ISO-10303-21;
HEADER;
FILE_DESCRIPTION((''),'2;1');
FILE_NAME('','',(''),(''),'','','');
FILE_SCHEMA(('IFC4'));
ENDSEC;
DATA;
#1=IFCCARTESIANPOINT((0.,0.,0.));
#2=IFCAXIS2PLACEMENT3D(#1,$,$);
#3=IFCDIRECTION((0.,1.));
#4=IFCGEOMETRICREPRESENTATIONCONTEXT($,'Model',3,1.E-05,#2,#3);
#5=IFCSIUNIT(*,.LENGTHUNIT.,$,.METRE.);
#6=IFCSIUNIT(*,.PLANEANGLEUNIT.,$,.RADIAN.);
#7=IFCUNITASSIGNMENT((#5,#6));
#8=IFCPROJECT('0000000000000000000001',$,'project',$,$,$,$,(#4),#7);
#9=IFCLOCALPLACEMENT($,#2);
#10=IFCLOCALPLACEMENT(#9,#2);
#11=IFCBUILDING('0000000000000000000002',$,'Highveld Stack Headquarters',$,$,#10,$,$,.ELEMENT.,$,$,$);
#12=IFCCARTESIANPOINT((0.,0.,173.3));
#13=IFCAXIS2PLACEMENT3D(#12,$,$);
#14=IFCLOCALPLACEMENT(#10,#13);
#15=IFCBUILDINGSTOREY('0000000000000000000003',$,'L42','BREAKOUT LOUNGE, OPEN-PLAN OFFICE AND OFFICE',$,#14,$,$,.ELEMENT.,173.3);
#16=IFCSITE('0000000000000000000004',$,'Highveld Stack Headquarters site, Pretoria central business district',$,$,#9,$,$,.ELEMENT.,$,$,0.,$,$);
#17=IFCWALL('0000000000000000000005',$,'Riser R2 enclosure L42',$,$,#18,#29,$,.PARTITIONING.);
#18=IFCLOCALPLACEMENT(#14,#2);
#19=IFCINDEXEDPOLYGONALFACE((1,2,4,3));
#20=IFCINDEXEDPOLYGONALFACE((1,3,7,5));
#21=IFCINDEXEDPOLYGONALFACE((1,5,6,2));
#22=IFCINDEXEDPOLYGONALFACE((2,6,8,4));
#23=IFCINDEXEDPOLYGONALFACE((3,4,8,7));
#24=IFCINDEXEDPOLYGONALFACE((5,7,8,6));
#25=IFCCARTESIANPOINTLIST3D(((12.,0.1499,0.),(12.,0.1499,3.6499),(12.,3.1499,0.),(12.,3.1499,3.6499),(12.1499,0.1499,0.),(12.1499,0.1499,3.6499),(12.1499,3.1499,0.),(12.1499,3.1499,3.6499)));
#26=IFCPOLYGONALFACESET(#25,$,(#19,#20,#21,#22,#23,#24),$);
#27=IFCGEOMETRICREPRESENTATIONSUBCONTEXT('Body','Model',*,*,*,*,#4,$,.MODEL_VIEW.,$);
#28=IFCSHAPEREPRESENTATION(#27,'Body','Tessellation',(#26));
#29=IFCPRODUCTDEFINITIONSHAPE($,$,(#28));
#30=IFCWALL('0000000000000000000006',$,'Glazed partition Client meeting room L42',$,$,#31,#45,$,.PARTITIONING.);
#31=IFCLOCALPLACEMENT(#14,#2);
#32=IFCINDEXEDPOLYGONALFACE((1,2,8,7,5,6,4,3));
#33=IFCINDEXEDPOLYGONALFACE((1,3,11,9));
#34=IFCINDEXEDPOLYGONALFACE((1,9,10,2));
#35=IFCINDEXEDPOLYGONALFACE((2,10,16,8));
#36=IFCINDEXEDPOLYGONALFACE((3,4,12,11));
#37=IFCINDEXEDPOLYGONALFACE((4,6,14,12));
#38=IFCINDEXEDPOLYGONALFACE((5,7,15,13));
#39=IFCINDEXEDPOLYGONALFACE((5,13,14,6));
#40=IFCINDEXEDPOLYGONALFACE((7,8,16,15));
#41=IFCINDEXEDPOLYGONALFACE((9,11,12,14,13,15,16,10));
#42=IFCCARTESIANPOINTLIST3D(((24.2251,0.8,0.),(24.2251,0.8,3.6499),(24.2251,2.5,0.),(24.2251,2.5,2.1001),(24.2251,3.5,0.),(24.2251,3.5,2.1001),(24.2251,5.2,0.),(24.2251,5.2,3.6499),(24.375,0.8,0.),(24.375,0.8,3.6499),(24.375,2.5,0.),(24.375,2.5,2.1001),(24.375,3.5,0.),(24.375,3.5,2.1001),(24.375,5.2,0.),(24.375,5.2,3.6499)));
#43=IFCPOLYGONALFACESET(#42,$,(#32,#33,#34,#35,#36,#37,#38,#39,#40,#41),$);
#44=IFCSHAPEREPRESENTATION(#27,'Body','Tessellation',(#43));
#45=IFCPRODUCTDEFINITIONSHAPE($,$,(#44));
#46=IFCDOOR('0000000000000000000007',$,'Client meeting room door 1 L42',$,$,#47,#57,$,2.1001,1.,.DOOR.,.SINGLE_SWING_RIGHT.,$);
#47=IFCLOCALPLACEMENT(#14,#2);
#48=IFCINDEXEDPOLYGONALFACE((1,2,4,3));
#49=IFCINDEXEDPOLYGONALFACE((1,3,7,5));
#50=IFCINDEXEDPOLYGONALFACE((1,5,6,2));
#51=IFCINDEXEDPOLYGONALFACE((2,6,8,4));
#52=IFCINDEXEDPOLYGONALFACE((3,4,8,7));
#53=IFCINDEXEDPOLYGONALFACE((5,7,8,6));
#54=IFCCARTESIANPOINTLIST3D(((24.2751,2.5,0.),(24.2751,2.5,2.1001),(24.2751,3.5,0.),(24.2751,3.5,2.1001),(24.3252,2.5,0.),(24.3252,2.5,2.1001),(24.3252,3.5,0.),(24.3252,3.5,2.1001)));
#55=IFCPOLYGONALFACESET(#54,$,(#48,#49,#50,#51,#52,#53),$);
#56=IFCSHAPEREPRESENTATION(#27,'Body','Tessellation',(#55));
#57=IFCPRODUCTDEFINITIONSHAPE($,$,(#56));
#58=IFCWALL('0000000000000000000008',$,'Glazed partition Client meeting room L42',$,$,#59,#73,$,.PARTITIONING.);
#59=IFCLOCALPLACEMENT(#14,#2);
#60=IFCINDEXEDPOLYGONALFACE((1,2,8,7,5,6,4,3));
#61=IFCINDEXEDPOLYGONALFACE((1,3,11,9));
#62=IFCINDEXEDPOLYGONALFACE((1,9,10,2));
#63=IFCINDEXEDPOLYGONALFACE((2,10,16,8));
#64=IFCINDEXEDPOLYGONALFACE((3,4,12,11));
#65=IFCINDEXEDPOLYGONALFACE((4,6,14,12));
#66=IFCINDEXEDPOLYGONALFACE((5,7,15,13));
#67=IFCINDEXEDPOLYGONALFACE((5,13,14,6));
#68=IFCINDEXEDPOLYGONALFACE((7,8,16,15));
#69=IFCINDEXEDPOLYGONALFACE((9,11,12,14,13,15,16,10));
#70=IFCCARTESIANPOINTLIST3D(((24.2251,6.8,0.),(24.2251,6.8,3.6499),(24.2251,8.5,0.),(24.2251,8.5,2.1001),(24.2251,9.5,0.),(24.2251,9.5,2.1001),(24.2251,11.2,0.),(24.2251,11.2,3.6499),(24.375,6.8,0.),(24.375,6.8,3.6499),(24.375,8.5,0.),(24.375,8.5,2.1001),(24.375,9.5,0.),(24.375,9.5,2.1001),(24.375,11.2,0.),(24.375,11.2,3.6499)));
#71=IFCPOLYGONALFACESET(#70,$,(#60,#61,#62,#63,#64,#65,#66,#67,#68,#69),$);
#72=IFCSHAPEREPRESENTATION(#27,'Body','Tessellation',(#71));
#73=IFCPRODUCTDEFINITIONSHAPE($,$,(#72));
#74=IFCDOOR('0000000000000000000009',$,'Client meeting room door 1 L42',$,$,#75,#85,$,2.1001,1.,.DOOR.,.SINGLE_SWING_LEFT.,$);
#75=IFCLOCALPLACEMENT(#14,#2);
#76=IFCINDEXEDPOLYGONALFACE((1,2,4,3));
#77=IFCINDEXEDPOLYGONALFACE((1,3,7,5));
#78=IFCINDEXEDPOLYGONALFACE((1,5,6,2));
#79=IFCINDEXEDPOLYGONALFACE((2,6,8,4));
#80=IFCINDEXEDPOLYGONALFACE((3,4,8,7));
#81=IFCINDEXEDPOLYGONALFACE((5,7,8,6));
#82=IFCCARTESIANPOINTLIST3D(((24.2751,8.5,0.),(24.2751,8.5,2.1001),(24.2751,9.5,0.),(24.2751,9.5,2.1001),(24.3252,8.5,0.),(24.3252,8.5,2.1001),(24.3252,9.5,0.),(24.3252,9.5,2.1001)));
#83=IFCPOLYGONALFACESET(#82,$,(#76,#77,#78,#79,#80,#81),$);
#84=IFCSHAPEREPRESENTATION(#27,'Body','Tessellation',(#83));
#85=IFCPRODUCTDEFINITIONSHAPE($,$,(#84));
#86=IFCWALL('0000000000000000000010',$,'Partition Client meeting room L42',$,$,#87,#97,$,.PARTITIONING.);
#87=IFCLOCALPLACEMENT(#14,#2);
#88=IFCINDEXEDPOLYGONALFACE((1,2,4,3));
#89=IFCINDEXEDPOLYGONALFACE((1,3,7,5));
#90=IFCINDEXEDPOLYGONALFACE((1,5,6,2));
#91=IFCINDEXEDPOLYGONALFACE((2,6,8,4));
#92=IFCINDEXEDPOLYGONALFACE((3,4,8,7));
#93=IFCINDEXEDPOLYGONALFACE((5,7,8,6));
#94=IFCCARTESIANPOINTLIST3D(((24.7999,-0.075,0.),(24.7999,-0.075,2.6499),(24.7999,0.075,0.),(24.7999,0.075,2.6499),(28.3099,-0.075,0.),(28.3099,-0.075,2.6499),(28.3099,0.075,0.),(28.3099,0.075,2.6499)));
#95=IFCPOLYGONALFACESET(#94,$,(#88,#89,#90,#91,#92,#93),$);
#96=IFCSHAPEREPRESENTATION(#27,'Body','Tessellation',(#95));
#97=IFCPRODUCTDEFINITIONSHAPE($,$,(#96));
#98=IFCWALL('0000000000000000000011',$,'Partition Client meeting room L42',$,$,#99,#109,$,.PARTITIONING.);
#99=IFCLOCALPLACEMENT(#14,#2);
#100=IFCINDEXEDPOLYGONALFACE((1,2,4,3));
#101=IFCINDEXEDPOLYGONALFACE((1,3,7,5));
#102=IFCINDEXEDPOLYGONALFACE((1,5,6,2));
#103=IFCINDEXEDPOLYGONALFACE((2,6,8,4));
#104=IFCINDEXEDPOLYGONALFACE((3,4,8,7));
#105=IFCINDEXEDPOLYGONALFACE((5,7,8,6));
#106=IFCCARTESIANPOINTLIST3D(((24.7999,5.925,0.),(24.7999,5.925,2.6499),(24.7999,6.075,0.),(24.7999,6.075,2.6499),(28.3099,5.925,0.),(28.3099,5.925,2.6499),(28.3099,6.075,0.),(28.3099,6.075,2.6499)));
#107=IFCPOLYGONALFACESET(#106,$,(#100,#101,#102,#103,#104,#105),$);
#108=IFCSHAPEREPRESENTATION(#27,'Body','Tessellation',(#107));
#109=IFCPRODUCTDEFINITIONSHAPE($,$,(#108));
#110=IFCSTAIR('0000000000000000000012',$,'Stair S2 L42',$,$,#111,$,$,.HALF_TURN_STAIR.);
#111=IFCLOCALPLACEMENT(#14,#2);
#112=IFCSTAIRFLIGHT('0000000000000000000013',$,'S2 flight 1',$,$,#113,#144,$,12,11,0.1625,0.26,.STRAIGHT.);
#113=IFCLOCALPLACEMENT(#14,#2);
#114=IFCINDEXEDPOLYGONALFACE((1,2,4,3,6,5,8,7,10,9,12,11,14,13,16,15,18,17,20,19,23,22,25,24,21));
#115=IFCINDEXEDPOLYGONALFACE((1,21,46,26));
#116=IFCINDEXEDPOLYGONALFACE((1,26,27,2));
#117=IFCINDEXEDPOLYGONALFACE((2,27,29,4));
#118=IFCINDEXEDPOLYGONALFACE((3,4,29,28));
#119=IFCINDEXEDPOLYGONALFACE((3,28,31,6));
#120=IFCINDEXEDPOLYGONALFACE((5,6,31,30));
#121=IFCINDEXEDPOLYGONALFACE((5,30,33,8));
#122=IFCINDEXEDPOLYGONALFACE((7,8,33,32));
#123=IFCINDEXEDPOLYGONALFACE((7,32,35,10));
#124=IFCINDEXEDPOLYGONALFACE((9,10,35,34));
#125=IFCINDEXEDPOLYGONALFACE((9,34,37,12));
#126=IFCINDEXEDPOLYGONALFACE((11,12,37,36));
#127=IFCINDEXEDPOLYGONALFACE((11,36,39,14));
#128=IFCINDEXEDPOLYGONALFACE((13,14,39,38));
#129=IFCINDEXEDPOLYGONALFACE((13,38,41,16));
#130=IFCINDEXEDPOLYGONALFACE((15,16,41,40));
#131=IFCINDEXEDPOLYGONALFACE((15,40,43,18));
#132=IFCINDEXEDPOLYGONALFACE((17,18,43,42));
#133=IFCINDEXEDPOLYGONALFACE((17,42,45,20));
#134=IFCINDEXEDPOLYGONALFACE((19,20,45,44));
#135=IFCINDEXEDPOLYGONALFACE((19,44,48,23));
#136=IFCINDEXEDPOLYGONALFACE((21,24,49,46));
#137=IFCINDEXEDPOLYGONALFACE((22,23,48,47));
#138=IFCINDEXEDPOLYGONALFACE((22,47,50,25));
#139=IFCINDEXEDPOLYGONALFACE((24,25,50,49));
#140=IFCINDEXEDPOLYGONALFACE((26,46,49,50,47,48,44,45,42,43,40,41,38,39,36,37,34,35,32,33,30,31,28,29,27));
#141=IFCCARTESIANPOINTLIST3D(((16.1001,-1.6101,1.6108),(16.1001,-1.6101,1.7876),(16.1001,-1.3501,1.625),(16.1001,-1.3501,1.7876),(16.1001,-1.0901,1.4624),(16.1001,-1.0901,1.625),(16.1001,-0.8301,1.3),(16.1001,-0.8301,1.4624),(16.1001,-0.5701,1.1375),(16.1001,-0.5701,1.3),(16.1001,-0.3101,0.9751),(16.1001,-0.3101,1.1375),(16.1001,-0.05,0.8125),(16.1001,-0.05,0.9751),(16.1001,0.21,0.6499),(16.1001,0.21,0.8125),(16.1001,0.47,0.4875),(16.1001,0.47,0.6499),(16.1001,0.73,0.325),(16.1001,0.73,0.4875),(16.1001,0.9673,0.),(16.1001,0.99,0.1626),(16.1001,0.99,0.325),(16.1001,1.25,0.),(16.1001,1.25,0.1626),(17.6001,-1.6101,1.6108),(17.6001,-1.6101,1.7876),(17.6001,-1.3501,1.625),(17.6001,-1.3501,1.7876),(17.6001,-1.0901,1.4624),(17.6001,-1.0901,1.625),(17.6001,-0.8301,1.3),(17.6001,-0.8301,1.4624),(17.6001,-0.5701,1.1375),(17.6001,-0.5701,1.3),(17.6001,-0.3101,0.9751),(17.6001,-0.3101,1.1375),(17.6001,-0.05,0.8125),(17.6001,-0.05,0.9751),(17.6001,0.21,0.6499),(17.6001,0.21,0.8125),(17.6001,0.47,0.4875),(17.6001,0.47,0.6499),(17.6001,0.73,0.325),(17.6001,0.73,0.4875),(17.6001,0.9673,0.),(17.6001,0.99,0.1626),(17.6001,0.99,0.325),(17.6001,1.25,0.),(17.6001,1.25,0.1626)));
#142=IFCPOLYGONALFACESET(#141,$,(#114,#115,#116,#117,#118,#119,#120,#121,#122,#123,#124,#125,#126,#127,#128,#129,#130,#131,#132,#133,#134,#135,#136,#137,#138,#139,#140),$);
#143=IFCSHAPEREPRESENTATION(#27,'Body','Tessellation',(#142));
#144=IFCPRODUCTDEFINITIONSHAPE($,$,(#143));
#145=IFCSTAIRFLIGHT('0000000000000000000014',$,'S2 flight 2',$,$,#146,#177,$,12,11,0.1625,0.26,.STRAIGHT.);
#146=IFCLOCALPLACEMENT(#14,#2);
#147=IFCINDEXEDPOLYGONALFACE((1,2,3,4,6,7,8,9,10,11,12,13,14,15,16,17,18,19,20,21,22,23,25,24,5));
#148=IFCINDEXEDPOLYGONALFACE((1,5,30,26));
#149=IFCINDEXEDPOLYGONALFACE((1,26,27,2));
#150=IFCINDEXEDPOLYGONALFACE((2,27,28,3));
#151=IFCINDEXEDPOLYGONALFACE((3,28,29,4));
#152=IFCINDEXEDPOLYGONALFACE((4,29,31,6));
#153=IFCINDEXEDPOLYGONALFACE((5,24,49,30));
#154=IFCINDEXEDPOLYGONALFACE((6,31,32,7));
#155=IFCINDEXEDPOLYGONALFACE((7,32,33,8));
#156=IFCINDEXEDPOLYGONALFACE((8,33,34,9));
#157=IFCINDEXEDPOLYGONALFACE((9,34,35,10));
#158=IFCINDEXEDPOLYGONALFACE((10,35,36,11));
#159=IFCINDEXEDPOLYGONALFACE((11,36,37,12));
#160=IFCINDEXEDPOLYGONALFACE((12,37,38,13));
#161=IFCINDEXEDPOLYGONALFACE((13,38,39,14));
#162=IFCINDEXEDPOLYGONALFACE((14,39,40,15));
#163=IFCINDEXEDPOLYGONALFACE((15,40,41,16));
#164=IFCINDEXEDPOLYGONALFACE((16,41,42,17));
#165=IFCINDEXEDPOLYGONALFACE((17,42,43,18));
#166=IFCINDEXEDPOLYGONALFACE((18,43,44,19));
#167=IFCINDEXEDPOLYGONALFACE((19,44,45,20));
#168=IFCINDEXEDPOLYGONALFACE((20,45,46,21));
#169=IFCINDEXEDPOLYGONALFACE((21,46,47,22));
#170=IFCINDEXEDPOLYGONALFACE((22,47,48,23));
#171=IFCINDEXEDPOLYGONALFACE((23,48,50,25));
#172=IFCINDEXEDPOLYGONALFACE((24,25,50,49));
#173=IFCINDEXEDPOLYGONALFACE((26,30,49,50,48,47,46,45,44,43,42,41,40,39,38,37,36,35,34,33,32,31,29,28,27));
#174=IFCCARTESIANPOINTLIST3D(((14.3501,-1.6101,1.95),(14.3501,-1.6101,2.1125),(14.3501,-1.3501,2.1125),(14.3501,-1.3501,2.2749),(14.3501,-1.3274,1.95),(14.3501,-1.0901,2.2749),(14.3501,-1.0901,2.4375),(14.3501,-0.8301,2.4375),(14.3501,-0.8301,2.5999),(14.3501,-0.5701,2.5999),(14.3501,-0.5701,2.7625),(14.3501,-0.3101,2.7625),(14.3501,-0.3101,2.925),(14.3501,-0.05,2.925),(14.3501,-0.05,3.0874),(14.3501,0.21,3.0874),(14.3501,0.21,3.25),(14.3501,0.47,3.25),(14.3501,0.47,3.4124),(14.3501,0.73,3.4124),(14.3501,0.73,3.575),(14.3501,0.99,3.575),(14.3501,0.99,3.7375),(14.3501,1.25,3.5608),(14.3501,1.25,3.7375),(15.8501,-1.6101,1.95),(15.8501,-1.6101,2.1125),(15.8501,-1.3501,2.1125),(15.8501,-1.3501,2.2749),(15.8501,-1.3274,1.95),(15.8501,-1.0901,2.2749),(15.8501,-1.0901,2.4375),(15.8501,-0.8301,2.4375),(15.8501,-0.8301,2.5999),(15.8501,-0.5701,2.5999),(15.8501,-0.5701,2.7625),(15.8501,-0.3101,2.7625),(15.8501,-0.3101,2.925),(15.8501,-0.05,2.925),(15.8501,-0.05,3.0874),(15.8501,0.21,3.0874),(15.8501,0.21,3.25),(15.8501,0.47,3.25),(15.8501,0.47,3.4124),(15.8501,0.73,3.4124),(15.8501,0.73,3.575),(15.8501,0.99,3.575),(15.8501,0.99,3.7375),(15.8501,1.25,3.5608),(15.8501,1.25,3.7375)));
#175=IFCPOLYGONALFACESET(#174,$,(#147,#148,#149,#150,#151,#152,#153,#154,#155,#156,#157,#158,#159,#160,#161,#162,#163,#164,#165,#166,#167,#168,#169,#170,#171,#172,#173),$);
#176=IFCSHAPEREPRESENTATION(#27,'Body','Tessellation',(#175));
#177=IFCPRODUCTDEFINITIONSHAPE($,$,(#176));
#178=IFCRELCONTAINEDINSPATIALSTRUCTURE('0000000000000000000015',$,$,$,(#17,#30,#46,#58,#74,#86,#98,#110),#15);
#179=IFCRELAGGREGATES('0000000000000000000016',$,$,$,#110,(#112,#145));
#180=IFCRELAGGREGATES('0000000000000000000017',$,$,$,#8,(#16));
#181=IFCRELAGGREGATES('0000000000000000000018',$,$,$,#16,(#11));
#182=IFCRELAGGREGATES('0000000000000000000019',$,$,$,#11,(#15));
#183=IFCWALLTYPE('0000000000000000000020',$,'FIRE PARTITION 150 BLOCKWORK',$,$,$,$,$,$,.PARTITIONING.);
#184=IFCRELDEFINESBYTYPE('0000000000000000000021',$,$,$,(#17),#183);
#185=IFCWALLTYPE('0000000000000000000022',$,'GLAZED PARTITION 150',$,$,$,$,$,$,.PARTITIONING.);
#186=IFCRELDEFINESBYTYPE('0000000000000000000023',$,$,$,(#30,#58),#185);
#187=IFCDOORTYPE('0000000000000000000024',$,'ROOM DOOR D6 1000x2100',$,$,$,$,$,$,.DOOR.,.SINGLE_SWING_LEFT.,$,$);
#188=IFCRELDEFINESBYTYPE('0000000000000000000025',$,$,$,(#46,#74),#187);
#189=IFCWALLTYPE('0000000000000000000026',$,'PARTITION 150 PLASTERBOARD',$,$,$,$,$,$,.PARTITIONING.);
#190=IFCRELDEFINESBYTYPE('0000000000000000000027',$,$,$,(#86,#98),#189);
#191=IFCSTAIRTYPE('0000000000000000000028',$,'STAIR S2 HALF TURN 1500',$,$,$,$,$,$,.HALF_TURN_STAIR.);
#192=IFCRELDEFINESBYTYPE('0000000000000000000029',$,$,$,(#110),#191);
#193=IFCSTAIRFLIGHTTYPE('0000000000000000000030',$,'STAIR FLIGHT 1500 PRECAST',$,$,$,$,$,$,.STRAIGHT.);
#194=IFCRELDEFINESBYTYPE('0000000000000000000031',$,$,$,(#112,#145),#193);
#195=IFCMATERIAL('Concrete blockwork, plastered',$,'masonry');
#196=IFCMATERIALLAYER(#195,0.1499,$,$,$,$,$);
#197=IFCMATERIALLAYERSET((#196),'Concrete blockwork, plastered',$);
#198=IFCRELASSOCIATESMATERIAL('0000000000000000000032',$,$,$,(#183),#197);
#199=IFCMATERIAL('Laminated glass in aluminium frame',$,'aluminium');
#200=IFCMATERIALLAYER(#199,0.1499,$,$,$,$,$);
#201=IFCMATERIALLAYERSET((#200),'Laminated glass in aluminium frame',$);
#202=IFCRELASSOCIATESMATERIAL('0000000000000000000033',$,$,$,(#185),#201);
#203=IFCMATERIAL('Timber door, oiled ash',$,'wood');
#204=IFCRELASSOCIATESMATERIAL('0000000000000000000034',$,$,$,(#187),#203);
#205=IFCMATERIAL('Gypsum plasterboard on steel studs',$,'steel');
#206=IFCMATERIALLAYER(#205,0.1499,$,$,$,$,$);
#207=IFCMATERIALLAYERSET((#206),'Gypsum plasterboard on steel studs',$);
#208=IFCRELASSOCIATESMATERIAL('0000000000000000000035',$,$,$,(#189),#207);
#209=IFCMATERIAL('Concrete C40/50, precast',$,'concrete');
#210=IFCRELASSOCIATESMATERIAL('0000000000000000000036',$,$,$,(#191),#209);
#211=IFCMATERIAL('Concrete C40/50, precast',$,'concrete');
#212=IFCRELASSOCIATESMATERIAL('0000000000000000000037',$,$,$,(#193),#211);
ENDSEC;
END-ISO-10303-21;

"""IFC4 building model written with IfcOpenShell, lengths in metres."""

from ifc_helpers import new_model, si_unit, direction, frame, frame_2d, origin, place, context, subcontext, project, spatial, polyline, rectangle, outline, extrude, material, layer, layer_set, type_object, element, fill, aggregate, save


model = new_model("IFC4")

# Units and contexts
model_context = context("Model", 3, precision=1e-05, world=origin(), true_north=direction((0.0, 1.0)))
body_context = subcontext(model_context, "Body", "Model", "MODEL_VIEW")
ifc_project = project(units=[si_unit("LENGTHUNIT", "METRE"), si_unit("PLANEANGLEUNIT", "RADIAN")], contexts=[model_context])

# Site, building, storey
site_placement = place(None, origin())
site = spatial("IfcSite", under=ifc_project, at=site_placement, Name="Highveld Stack Headquarters site, Pretoria central business district", CompositionType="ELEMENT", RefElevation=0.0)
building_placement = place(site_placement, origin())
building = spatial("IfcBuilding", under=site, at=building_placement, Name="Highveld Stack Headquarters", CompositionType="ELEMENT")
storey_placement = place(building_placement, frame((0.0, 0.0, 173.3)))
storey = spatial("IfcBuildingStorey", under=building, at=storey_placement, Name="L42", Description="BREAKOUT LOUNGE, OPEN-PLAN OFFICE AND OFFICE", CompositionType="ELEMENT", Elevation=173.3)

# Wall
ifc_material_1 = material(Name="Concrete blockwork, plastered", Category="masonry")
ifc_layer_1 = layer(ifc_material_1, 0.1499)
ifc_layer_set_1 = layer_set([ifc_layer_1], Name="Concrete blockwork, plastered")
wall_type_1 = type_object("IfcWallType", Name="FIRE PARTITION 150 BLOCKWORK", PredefinedType="PARTITIONING", material=ifc_layer_set_1)
wall_1_placement = place(storey_placement, frame((12.075, 0.1499, 0.0), z_axis=(0.0, 0.0, 1.0), x_axis=(0.0, 1.0, 0.0)))
element("IfcWall", 1, at=wall_1_placement, inside=storey, type_object=wall_type_1, Name="Riser R2 enclosure L42", PredefinedType="PARTITIONING", context=body_context, shape_type="SweptSolid", body=[
    extrude(rectangle(XDim=3.0, YDim=0.1499, at=frame_2d((1.5, 0.0))), origin(), (0.0, 0.0, 1.0), 3.6499),
])

# Walls, openings, doors
ifc_material_2 = material(Name="Laminated glass in aluminium frame", Category="aluminium")
ifc_layer_2 = layer(ifc_material_2, 0.1499)
ifc_layer_set_2 = layer_set([ifc_layer_2], Name="Laminated glass in aluminium frame")
wall_type_2 = type_object("IfcWallType", Name="GLAZED PARTITION 150", PredefinedType="PARTITIONING", material=ifc_layer_set_2)
wall_2_placement = place(storey_placement, frame((24.3, 0.8, 0.0), z_axis=(0.0, 0.0, 1.0), x_axis=(0.0, 1.0, 0.0)))
wall_2 = element("IfcWall", 2, at=wall_2_placement, inside=storey, type_object=wall_type_2, Name="Glazed partition Client meeting room L42", PredefinedType="PARTITIONING", context=body_context, shape_type="SweptSolid", body=[
    extrude(rectangle(XDim=4.3999, YDim=0.1499, at=frame_2d((2.2, 0.0))), origin(), (0.0, 0.0, 1.0), 3.6499),
])
opening_1_placement = place(wall_2_placement, frame((1.7, 0.0, 0.0)))
opening_1 = element("IfcOpeningElement", 3, at=opening_1_placement, cuts=wall_2, PredefinedType="OPENING", context=body_context, shape_type="SweptSolid", body=[
    extrude(rectangle(XDim=1.0, YDim=2.1001, at=frame_2d((0.5, 1.05))), frame((0.0, 0.085, 0.0), z_axis=(0.0, -1.0, 0.0), x_axis=(1.0, 0.0, 0.0)), (0.0, 0.0, 1.0), 0.1699),
])
ifc_material_3 = material(Name="Timber door, oiled ash", Category="wood")
door_type_1 = type_object("IfcDoorType", Name="ROOM DOOR D6 1000x2100", OperationType="SINGLE_SWING_LEFT", PredefinedType="DOOR", material=ifc_material_3)
door_1_placement = place(opening_1_placement, origin())
door_1 = element("IfcDoor", 4, at=door_1_placement, inside=storey, type_object=door_type_1, Name="Client meeting room door 1 L42", OperationType="SINGLE_SWING_RIGHT", OverallHeight=2.1001, OverallWidth=1.0, PredefinedType="DOOR", context=body_context, shape_type="SweptSolid", body=[
    extrude(rectangle(XDim=1.0, YDim=2.1001, at=frame_2d((0.5, 1.05))), frame((0.0, 0.0249, 0.0), z_axis=(0.0, -1.0, 0.0), x_axis=(1.0, 0.0, 0.0)), (0.0, 0.0, 1.0), 0.05),
])
fill(opening_1, door_1)
wall_3_placement = place(storey_placement, frame((24.3, 6.8, 0.0), z_axis=(0.0, 0.0, 1.0), x_axis=(0.0, 1.0, 0.0)))
wall_3 = element("IfcWall", 5, at=wall_3_placement, inside=storey, type_object=wall_type_2, Name="Glazed partition Client meeting room L42", PredefinedType="PARTITIONING", context=body_context, shape_type="SweptSolid", body=[
    extrude(rectangle(XDim=4.3999, YDim=0.1499, at=frame_2d((2.2, 0.0))), origin(), (0.0, 0.0, 1.0), 3.6499),
])
opening_2_placement = place(wall_3_placement, frame((1.7, 0.0, 0.0)))
opening_2 = element("IfcOpeningElement", 6, at=opening_2_placement, cuts=wall_3, PredefinedType="OPENING", context=body_context, shape_type="SweptSolid", body=[
    extrude(rectangle(XDim=1.0, YDim=2.1001, at=frame_2d((0.5, 1.05))), frame((0.0, 0.085, 0.0), z_axis=(0.0, -1.0, 0.0), x_axis=(1.0, 0.0, 0.0)), (0.0, 0.0, 1.0), 0.1699),
])
door_2_placement = place(opening_2_placement, origin())
door_2 = element("IfcDoor", 7, at=door_2_placement, inside=storey, type_object=door_type_1, Name="Client meeting room door 1 L42", OperationType="SINGLE_SWING_LEFT", OverallHeight=2.1001, OverallWidth=1.0, PredefinedType="DOOR", context=body_context, shape_type="SweptSolid", body=[
    extrude(rectangle(XDim=1.0, YDim=2.1001, at=frame_2d((0.5, 1.05))), frame((0.0, 0.0249, 0.0), z_axis=(0.0, -1.0, 0.0), x_axis=(1.0, 0.0, 0.0)), (0.0, 0.0, 1.0), 0.05),
])
fill(opening_2, door_2)

# Walls
ifc_material_4 = material(Name="Gypsum plasterboard on steel studs", Category="steel")
ifc_layer_3 = layer(ifc_material_4, 0.1499)
ifc_layer_set_3 = layer_set([ifc_layer_3], Name="Gypsum plasterboard on steel studs")
wall_type_3 = type_object("IfcWallType", Name="PARTITION 150 PLASTERBOARD", PredefinedType="PARTITIONING", material=ifc_layer_set_3)
for number, where, z_axis, x_axis, name in (
    (8, (24.8, 0.0, 0.0), (0.0, 0.0, 1.0), (1.0, 0.0, 0.0), "Partition Client meeting room L42"),
    (9, (24.8, 6.0, 0.0), (0.0, 0.0, 1.0), (1.0, 0.0, 0.0), "Partition Client meeting room L42"),
):
    element("IfcWall", number, at=place(storey_placement, frame(where, z_axis=z_axis, x_axis=x_axis)), inside=storey, type_object=wall_type_3, Name=name, PredefinedType="PARTITIONING", context=body_context, shape_type="SweptSolid", body=[
        extrude(rectangle(XDim=3.51, YDim=0.1499, at=frame_2d((1.7549, 0.0))), origin(), (0.0, 0.0, 1.0), 2.6499),
    ])

# Stair, stair flights
ifc_material_5 = material(Name="Concrete C40/50, precast", Category="concrete")
stair_type = type_object("IfcStairType", Name="STAIR S2 HALF TURN 1500", PredefinedType="HALF_TURN_STAIR", material=ifc_material_5)
stair_placement = place(storey_placement, origin())
stair = element("IfcStair", 10, at=stair_placement, inside=storey, type_object=stair_type, Name="Stair S2 L42", PredefinedType="HALF_TURN_STAIR")
ifc_material_6 = material(Name="Concrete C40/50, precast", Category="concrete")
stair_flight_type = type_object("IfcStairFlightType", Name="STAIR FLIGHT 1500 PRECAST", PredefinedType="STRAIGHT", material=ifc_material_6)
stair_flight_1_placement = place(storey_placement, frame((16.8501, 1.25, 0.0), z_axis=(0.0, 0.0, 1.0), x_axis=(0.0, -1.0, 0.0)))
stair_flight_1 = element("IfcStairFlight", 11, at=stair_flight_1_placement, type_object=stair_flight_type, Name="S2 flight 1", NumberOfRisers=12, NumberOfTreads=11, PredefinedType="STRAIGHT", RiserHeight=0.1625, TreadLength=0.26, context=body_context, shape_type="SweptSolid", body=[
    extrude(outline(polyline([(0.0, 0.0), (0.0, 0.1626), (0.26, 0.1626), (0.26, 0.325), (0.52, 0.325), (0.52, 0.4875), (0.78, 0.4875), (0.78, 0.6499), (1.04, 0.6499), (1.04, 0.8125), (1.3, 0.8125), (1.3, 0.9751), (1.5601, 0.9751), (1.5601, 1.1375), (1.8201, 1.1375), (1.8201, 1.3), (2.0801, 1.3), (2.0801, 1.4624), (2.3401, 1.4624), (2.3401, 1.625), (2.6001, 1.625), (2.6001, 1.7876), (2.8601, 1.7876), (2.8601, 1.95), (2.8601, 1.6108), (0.2827, 0.0), (0.0, 0.0)])), frame((0.0, 0.75, 0.0), z_axis=(0.0, -1.0, 0.0), x_axis=(1.0, 0.0, 0.0)), (0.0, 0.0, 1.0), 1.5),
])
stair_flight_2_placement = place(storey_placement, frame((15.1001, -1.6101, 1.95), z_axis=(0.0, 0.0, 1.0), x_axis=(0.0, 1.0, 0.0)))
stair_flight_2 = element("IfcStairFlight", 12, at=stair_flight_2_placement, type_object=stair_flight_type, Name="S2 flight 2", NumberOfRisers=12, NumberOfTreads=11, PredefinedType="STRAIGHT", RiserHeight=0.1625, TreadLength=0.26, context=body_context, shape_type="SweptSolid", body=[
    extrude(outline(polyline([(0.0, 0.0), (0.0, 0.1626), (0.26, 0.1626), (0.26, 0.325), (0.52, 0.325), (0.52, 0.4875), (0.78, 0.4875), (0.78, 0.6499), (1.04, 0.6499), (1.04, 0.8125), (1.3, 0.8125), (1.3, 0.9751), (1.5601, 0.9751), (1.5601, 1.1375), (1.8201, 1.1375), (1.8201, 1.3), (2.0801, 1.3), (2.0801, 1.4624), (2.3401, 1.4624), (2.3401, 1.625), (2.6001, 1.625), (2.6001, 1.7876), (2.8601, 1.7876), (2.8601, 1.95), (2.8601, 1.6108), (0.2827, 0.0), (0.0, 0.0)])), frame((0.0, 0.75, 0.0), z_axis=(0.0, -1.0, 0.0), x_axis=(1.0, 0.0, 0.0)), (0.0, 0.0, 1.0), 1.5),
])
aggregate(stair, [stair_flight_1, stair_flight_2])

save(model, "model.ifc")
